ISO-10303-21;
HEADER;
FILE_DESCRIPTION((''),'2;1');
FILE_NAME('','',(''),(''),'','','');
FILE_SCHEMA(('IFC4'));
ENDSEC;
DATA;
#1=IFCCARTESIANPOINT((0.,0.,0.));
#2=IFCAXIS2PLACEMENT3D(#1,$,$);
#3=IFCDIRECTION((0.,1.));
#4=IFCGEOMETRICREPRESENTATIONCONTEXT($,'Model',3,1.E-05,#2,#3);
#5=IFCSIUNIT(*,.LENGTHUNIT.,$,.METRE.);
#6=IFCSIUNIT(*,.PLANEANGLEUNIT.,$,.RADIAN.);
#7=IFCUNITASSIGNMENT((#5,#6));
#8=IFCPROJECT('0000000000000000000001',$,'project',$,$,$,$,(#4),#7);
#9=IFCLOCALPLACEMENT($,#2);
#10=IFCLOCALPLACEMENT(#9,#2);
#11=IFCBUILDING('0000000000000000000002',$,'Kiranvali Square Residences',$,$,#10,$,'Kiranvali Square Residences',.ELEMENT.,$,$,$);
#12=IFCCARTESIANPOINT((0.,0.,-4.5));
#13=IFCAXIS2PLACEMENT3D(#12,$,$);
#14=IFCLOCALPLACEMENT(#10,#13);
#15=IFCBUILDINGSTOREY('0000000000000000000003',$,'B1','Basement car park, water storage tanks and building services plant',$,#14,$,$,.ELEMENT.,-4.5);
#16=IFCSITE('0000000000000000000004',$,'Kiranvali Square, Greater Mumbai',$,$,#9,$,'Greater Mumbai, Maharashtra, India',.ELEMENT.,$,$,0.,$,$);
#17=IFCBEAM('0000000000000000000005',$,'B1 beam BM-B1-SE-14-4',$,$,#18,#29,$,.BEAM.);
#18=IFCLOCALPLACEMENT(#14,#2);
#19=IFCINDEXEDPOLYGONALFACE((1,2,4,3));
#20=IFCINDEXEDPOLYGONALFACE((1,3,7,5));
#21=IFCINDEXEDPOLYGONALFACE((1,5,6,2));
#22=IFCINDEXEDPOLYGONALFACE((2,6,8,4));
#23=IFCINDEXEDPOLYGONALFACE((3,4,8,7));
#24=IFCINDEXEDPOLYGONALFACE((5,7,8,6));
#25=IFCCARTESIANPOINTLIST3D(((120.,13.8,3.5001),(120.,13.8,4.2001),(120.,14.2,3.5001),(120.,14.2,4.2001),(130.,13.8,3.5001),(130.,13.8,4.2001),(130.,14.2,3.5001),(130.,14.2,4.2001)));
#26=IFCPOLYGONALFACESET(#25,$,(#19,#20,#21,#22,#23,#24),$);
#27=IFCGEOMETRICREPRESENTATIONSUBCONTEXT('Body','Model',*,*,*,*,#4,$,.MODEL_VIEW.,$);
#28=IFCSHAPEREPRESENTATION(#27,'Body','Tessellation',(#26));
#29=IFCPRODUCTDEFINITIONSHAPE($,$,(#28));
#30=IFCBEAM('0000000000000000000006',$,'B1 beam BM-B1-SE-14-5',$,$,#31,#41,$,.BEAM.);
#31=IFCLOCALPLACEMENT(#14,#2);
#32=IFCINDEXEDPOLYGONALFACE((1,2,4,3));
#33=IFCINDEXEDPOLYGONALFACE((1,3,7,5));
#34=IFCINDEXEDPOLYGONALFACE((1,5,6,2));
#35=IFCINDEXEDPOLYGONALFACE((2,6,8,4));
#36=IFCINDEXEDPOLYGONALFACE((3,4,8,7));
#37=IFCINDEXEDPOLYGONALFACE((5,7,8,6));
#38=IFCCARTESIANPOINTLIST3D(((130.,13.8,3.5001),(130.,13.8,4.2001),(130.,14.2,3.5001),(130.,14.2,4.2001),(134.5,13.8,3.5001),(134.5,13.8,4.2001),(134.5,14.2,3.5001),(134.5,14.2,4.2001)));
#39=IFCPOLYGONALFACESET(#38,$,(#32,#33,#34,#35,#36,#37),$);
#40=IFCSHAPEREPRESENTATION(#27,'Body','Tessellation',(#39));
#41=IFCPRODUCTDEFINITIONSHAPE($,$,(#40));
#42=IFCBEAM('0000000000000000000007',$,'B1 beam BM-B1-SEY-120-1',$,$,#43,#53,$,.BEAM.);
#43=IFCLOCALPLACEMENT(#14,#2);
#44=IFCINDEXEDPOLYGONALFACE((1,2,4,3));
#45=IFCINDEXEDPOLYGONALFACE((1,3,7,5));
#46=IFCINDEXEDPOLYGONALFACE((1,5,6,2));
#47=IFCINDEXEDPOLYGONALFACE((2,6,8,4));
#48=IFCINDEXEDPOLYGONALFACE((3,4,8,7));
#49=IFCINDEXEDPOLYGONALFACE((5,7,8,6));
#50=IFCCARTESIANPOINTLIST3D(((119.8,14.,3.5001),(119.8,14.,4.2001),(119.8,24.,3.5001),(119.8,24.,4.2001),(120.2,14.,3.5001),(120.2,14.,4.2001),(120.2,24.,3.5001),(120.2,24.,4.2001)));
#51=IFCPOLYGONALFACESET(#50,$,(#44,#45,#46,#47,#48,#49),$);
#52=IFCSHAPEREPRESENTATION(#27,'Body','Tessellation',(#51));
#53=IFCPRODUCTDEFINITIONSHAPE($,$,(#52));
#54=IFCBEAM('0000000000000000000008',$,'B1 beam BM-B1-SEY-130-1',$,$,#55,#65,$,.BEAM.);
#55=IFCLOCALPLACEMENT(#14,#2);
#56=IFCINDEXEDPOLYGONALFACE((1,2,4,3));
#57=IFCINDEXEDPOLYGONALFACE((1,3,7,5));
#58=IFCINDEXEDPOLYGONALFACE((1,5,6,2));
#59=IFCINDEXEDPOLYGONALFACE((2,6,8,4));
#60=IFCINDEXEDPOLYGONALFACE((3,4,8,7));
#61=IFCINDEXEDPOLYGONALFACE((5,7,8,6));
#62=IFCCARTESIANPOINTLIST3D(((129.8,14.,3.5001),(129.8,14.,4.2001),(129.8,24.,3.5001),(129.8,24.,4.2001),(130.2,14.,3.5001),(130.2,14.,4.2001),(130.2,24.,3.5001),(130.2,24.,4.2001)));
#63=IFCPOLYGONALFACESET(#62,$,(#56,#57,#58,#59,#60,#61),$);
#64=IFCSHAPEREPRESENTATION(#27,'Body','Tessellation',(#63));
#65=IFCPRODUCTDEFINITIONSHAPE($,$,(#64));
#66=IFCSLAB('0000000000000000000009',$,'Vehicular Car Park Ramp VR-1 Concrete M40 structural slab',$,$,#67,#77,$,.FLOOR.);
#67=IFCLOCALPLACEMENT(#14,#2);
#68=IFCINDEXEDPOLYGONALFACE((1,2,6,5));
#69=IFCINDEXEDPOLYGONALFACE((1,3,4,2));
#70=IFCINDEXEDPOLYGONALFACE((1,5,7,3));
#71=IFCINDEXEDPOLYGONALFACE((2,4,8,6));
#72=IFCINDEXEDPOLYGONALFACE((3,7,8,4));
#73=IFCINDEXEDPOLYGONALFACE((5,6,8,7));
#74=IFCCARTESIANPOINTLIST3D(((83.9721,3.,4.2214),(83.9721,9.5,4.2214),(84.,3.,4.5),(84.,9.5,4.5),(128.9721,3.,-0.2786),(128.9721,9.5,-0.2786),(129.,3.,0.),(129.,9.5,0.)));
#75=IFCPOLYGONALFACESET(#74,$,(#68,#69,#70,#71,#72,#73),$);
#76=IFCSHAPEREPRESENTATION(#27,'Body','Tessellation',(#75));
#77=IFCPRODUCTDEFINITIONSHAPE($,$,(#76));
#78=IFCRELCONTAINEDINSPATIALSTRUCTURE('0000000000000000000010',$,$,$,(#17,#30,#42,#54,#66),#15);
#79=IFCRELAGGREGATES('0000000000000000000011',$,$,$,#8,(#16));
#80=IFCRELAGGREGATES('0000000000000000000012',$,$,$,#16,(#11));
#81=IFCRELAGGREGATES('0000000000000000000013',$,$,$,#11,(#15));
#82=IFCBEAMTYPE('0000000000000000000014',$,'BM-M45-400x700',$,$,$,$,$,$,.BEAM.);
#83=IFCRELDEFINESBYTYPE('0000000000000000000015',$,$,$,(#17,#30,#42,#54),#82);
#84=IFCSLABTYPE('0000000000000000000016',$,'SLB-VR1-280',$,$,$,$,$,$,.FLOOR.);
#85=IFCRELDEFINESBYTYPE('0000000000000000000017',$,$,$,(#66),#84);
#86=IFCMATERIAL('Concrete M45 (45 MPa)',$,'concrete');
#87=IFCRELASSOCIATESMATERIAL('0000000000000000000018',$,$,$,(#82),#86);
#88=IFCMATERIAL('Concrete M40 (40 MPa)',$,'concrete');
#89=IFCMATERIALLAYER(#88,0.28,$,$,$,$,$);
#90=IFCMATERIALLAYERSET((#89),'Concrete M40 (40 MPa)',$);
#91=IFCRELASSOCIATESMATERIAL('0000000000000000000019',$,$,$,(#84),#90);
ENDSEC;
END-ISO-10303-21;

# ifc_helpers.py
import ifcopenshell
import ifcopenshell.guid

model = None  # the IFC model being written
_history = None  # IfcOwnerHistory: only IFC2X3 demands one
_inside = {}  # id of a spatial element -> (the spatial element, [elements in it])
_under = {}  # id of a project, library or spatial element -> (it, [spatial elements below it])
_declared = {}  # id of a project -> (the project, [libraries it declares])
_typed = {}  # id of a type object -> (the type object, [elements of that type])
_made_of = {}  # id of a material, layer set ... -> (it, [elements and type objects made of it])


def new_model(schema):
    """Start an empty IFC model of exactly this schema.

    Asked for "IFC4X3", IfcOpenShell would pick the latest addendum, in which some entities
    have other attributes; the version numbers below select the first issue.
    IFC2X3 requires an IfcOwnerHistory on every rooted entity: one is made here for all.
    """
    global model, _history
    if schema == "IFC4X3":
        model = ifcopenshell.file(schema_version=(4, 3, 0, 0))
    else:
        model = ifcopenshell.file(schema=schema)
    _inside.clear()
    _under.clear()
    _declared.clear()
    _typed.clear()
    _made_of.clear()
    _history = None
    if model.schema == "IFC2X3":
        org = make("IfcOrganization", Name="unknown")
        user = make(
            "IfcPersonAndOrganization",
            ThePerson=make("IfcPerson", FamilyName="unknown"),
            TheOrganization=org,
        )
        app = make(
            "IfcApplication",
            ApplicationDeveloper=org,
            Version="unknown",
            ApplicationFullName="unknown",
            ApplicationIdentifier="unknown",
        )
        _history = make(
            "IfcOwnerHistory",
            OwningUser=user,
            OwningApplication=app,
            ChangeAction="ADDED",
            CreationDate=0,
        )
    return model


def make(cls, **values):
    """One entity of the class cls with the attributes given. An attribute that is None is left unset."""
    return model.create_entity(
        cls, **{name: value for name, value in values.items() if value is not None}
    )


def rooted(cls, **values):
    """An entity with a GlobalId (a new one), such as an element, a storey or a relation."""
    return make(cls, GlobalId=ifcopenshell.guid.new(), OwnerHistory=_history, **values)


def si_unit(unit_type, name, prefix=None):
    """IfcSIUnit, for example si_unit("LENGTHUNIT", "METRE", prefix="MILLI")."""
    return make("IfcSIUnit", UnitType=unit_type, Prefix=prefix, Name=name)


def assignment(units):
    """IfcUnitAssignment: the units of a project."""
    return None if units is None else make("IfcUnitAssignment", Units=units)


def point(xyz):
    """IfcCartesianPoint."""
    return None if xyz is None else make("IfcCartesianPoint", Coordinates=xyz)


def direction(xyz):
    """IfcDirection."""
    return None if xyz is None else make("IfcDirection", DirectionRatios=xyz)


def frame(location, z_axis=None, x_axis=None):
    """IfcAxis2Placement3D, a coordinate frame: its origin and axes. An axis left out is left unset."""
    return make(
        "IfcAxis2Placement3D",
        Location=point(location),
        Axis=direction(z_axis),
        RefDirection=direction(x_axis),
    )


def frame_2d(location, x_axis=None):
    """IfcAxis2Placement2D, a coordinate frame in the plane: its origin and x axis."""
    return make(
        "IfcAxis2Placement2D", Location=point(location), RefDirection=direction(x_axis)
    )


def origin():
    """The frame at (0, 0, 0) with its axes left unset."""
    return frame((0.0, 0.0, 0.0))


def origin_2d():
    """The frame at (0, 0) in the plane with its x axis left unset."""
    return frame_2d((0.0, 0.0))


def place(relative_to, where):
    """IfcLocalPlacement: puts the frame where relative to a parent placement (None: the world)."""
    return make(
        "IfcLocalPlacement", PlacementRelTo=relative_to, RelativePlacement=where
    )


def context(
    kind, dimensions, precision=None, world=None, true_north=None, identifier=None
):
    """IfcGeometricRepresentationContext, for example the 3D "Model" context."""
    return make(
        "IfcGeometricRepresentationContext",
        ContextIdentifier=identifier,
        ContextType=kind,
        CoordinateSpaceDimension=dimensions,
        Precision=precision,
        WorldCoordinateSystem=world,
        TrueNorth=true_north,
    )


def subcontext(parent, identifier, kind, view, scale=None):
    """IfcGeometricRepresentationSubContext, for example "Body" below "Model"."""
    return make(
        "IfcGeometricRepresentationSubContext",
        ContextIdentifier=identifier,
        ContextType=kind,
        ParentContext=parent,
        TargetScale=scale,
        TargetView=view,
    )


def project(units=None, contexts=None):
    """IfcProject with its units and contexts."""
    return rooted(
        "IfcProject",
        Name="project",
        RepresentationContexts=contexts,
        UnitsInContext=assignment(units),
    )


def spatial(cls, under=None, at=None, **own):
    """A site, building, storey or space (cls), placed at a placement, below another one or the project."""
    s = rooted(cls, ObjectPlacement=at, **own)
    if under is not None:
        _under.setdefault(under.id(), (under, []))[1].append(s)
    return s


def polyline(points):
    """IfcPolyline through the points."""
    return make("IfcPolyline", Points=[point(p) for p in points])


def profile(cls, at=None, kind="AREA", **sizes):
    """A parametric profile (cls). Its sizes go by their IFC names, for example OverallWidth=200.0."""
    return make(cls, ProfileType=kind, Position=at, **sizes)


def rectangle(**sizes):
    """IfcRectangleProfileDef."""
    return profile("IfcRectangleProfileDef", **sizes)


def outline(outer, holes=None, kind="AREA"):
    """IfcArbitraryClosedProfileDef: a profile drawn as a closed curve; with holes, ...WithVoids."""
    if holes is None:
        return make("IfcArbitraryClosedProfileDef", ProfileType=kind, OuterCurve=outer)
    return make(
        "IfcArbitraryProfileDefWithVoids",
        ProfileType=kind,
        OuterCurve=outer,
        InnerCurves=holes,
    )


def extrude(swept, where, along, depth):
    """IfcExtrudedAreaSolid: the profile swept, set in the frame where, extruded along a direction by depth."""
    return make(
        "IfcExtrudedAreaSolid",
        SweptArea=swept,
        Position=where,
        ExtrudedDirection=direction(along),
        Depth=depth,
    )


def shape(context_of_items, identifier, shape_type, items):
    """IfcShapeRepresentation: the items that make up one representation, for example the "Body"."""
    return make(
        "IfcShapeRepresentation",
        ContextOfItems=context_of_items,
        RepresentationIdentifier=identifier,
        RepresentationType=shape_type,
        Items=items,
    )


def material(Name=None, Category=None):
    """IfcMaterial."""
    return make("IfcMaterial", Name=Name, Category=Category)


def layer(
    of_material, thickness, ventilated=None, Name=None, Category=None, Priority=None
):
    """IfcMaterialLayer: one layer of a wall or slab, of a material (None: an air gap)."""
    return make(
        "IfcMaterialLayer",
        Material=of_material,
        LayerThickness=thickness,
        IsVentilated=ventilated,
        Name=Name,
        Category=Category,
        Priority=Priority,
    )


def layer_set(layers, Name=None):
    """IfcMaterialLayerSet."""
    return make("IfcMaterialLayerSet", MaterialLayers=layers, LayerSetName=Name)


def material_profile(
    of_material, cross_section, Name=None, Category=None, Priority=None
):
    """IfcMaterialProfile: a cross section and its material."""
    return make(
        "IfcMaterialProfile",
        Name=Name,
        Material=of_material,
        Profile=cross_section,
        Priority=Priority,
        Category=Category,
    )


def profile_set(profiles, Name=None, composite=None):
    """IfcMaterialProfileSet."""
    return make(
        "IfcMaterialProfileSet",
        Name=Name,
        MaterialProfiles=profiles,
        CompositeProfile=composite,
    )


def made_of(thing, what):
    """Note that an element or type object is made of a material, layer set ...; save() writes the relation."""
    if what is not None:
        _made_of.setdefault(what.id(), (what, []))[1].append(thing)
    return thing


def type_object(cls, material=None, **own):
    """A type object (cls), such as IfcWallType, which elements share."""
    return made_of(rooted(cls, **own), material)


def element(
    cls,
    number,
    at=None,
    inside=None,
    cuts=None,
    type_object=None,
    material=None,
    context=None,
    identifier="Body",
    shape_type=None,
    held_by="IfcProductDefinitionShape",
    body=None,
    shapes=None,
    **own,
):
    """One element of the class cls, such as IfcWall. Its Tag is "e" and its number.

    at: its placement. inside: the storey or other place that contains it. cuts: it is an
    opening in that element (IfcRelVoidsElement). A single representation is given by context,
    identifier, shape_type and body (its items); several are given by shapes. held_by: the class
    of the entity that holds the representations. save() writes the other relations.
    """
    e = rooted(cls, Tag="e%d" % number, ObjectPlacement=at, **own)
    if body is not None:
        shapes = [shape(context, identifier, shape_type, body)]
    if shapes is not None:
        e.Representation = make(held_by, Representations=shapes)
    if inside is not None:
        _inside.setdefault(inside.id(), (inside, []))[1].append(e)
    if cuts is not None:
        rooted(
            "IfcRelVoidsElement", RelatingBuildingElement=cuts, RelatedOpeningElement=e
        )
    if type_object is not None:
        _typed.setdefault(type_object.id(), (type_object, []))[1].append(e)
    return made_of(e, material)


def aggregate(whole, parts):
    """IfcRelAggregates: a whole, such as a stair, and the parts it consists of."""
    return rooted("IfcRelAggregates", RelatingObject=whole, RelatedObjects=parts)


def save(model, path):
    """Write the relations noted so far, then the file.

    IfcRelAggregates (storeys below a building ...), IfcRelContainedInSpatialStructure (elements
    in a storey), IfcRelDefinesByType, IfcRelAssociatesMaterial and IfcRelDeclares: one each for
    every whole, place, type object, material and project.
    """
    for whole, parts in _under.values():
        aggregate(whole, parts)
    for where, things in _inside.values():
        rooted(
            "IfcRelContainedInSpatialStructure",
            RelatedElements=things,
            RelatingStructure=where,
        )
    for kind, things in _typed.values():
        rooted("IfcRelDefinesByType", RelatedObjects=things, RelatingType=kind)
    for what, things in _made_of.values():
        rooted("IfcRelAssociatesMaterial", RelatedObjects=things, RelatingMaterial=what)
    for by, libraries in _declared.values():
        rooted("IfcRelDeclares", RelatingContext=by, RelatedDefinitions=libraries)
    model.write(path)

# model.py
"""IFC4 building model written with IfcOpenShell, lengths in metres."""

from ifc_helpers import new_model, si_unit, direction, frame, origin, origin_2d, place, context, subcontext, project, spatial, polyline, rectangle, outline, extrude, material, layer, layer_set, material_profile, profile_set, type_object, element, save


model = new_model("IFC4")

# Units and contexts
model_context = context("Model", 3, precision=1e-05, world=origin(), true_north=direction((0.0, 1.0)))
body_context = subcontext(model_context, "Body", "Model", "MODEL_VIEW")
ifc_project = project(units=[si_unit("LENGTHUNIT", "METRE"), si_unit("PLANEANGLEUNIT", "RADIAN")], contexts=[model_context])

# Site, building, storey
site_placement = place(None, origin())
site = spatial("IfcSite", under=ifc_project, at=site_placement, Name="Kiranvali Square, Greater Mumbai", LongName="Greater Mumbai, Maharashtra, India", CompositionType="ELEMENT", RefElevation=0.0)
building_placement = place(site_placement, origin())
building = spatial("IfcBuilding", under=site, at=building_placement, Name="Kiranvali Square Residences", LongName="Kiranvali Square Residences", CompositionType="ELEMENT")
storey_placement = place(building_placement, frame((0.0, 0.0, -4.5)))
storey = spatial("IfcBuildingStorey", under=building, at=storey_placement, Name="B1", Description="Basement car park, water storage tanks and building services plant", CompositionType="ELEMENT", Elevation=-4.5)

# Shared definitions
ifc_material_1 = material(Name="Concrete M40 (40 MPa)", Category="concrete")

# Shared definitions
ifc_material_2 = material(Name="Concrete M45 (45 MPa)", Category="concrete")

# Beams
ifc_material_profile_1 = material_profile(ifc_material_2, rectangle(XDim=0.3999, YDim=0.7, at=origin_2d()), Name="RC 400x700")
ifc_profile_set_1 = profile_set([ifc_material_profile_1], Name="Concrete M45 (45 MPa)")
beam_type_1 = type_object("IfcBeamType", Name="BM-M45-400x700", PredefinedType="BEAM", material=ifc_profile_set_1)
beam_1_placement = place(storey_placement, frame((120.0, 14.0, 3.8501), z_axis=(1.0, 0.0, 0.0), x_axis=(0.0, 1.0, 0.0)))
element("IfcBeam", 1, at=beam_1_placement, inside=storey, type_object=beam_type_1, Name="B1 beam BM-B1-SE-14-4", PredefinedType="BEAM", context=body_context, shape_type="SweptSolid", body=[
    extrude(rectangle(XDim=0.3999, YDim=0.7, at=origin_2d()), origin(), (0.0, 0.0, 1.0), 10.0),
])
beam_2_placement = place(storey_placement, frame((130.0, 14.0, 3.8501), z_axis=(1.0, 0.0, 0.0), x_axis=(0.0, 1.0, 0.0)))
element("IfcBeam", 2, at=beam_2_placement, inside=storey, type_object=beam_type_1, Name="B1 beam BM-B1-SE-14-5", PredefinedType="BEAM", context=body_context, shape_type="SweptSolid", body=[
    extrude(rectangle(XDim=0.3999, YDim=0.7, at=origin_2d()), origin(), (0.0, 0.0, 1.0), 4.5),
])
for number, where, z_axis, x_axis, name in (
    (3, (120.0, 14.0, 3.8501), (0.0, 1.0, 0.0), (-1.0, 0.0, 0.0), "B1 beam BM-B1-SEY-120-1"),
    (4, (130.0, 14.0, 3.8501), (0.0, 1.0, 0.0), (-1.0, 0.0, 0.0), "B1 beam BM-B1-SEY-130-1"),
):
    element("IfcBeam", number, at=place(storey_placement, frame(where, z_axis=z_axis, x_axis=x_axis)), inside=storey, type_object=beam_type_1, Name=name, PredefinedType="BEAM", context=body_context, shape_type="SweptSolid", body=[
        extrude(rectangle(XDim=0.3999, YDim=0.7, at=origin_2d()), origin(), (0.0, 0.0, 1.0), 10.0),
    ])

# Slab
ifc_layer = layer(ifc_material_1, 0.28)
ifc_layer_set = layer_set([ifc_layer], Name="Concrete M40 (40 MPa)")
slab_type = type_object("IfcSlabType", Name="SLB-VR1-280", PredefinedType="FLOOR", material=ifc_layer_set)
slab_placement = place(storey_placement, frame((129.0, 3.0, 0.0), z_axis=(0.099504, 0.0, 0.995037), x_axis=(0.0, 1.0, 0.0)))
element("IfcSlab", 5, at=slab_placement, inside=storey, type_object=slab_type, Name="Vehicular Car Park Ramp VR-1 Concrete M40 structural slab", PredefinedType="FLOOR", context=body_context, shape_type="SweptSolid", body=[
    extrude(outline(polyline([(0.0, 0.0), (6.5, 0.0), (6.5, 45.2244), (0.0, 45.2244), (0.0, 0.0)])), origin(), (0.0, 0.0, -1.0), 0.28),
])

save(model, "model.ifc")
